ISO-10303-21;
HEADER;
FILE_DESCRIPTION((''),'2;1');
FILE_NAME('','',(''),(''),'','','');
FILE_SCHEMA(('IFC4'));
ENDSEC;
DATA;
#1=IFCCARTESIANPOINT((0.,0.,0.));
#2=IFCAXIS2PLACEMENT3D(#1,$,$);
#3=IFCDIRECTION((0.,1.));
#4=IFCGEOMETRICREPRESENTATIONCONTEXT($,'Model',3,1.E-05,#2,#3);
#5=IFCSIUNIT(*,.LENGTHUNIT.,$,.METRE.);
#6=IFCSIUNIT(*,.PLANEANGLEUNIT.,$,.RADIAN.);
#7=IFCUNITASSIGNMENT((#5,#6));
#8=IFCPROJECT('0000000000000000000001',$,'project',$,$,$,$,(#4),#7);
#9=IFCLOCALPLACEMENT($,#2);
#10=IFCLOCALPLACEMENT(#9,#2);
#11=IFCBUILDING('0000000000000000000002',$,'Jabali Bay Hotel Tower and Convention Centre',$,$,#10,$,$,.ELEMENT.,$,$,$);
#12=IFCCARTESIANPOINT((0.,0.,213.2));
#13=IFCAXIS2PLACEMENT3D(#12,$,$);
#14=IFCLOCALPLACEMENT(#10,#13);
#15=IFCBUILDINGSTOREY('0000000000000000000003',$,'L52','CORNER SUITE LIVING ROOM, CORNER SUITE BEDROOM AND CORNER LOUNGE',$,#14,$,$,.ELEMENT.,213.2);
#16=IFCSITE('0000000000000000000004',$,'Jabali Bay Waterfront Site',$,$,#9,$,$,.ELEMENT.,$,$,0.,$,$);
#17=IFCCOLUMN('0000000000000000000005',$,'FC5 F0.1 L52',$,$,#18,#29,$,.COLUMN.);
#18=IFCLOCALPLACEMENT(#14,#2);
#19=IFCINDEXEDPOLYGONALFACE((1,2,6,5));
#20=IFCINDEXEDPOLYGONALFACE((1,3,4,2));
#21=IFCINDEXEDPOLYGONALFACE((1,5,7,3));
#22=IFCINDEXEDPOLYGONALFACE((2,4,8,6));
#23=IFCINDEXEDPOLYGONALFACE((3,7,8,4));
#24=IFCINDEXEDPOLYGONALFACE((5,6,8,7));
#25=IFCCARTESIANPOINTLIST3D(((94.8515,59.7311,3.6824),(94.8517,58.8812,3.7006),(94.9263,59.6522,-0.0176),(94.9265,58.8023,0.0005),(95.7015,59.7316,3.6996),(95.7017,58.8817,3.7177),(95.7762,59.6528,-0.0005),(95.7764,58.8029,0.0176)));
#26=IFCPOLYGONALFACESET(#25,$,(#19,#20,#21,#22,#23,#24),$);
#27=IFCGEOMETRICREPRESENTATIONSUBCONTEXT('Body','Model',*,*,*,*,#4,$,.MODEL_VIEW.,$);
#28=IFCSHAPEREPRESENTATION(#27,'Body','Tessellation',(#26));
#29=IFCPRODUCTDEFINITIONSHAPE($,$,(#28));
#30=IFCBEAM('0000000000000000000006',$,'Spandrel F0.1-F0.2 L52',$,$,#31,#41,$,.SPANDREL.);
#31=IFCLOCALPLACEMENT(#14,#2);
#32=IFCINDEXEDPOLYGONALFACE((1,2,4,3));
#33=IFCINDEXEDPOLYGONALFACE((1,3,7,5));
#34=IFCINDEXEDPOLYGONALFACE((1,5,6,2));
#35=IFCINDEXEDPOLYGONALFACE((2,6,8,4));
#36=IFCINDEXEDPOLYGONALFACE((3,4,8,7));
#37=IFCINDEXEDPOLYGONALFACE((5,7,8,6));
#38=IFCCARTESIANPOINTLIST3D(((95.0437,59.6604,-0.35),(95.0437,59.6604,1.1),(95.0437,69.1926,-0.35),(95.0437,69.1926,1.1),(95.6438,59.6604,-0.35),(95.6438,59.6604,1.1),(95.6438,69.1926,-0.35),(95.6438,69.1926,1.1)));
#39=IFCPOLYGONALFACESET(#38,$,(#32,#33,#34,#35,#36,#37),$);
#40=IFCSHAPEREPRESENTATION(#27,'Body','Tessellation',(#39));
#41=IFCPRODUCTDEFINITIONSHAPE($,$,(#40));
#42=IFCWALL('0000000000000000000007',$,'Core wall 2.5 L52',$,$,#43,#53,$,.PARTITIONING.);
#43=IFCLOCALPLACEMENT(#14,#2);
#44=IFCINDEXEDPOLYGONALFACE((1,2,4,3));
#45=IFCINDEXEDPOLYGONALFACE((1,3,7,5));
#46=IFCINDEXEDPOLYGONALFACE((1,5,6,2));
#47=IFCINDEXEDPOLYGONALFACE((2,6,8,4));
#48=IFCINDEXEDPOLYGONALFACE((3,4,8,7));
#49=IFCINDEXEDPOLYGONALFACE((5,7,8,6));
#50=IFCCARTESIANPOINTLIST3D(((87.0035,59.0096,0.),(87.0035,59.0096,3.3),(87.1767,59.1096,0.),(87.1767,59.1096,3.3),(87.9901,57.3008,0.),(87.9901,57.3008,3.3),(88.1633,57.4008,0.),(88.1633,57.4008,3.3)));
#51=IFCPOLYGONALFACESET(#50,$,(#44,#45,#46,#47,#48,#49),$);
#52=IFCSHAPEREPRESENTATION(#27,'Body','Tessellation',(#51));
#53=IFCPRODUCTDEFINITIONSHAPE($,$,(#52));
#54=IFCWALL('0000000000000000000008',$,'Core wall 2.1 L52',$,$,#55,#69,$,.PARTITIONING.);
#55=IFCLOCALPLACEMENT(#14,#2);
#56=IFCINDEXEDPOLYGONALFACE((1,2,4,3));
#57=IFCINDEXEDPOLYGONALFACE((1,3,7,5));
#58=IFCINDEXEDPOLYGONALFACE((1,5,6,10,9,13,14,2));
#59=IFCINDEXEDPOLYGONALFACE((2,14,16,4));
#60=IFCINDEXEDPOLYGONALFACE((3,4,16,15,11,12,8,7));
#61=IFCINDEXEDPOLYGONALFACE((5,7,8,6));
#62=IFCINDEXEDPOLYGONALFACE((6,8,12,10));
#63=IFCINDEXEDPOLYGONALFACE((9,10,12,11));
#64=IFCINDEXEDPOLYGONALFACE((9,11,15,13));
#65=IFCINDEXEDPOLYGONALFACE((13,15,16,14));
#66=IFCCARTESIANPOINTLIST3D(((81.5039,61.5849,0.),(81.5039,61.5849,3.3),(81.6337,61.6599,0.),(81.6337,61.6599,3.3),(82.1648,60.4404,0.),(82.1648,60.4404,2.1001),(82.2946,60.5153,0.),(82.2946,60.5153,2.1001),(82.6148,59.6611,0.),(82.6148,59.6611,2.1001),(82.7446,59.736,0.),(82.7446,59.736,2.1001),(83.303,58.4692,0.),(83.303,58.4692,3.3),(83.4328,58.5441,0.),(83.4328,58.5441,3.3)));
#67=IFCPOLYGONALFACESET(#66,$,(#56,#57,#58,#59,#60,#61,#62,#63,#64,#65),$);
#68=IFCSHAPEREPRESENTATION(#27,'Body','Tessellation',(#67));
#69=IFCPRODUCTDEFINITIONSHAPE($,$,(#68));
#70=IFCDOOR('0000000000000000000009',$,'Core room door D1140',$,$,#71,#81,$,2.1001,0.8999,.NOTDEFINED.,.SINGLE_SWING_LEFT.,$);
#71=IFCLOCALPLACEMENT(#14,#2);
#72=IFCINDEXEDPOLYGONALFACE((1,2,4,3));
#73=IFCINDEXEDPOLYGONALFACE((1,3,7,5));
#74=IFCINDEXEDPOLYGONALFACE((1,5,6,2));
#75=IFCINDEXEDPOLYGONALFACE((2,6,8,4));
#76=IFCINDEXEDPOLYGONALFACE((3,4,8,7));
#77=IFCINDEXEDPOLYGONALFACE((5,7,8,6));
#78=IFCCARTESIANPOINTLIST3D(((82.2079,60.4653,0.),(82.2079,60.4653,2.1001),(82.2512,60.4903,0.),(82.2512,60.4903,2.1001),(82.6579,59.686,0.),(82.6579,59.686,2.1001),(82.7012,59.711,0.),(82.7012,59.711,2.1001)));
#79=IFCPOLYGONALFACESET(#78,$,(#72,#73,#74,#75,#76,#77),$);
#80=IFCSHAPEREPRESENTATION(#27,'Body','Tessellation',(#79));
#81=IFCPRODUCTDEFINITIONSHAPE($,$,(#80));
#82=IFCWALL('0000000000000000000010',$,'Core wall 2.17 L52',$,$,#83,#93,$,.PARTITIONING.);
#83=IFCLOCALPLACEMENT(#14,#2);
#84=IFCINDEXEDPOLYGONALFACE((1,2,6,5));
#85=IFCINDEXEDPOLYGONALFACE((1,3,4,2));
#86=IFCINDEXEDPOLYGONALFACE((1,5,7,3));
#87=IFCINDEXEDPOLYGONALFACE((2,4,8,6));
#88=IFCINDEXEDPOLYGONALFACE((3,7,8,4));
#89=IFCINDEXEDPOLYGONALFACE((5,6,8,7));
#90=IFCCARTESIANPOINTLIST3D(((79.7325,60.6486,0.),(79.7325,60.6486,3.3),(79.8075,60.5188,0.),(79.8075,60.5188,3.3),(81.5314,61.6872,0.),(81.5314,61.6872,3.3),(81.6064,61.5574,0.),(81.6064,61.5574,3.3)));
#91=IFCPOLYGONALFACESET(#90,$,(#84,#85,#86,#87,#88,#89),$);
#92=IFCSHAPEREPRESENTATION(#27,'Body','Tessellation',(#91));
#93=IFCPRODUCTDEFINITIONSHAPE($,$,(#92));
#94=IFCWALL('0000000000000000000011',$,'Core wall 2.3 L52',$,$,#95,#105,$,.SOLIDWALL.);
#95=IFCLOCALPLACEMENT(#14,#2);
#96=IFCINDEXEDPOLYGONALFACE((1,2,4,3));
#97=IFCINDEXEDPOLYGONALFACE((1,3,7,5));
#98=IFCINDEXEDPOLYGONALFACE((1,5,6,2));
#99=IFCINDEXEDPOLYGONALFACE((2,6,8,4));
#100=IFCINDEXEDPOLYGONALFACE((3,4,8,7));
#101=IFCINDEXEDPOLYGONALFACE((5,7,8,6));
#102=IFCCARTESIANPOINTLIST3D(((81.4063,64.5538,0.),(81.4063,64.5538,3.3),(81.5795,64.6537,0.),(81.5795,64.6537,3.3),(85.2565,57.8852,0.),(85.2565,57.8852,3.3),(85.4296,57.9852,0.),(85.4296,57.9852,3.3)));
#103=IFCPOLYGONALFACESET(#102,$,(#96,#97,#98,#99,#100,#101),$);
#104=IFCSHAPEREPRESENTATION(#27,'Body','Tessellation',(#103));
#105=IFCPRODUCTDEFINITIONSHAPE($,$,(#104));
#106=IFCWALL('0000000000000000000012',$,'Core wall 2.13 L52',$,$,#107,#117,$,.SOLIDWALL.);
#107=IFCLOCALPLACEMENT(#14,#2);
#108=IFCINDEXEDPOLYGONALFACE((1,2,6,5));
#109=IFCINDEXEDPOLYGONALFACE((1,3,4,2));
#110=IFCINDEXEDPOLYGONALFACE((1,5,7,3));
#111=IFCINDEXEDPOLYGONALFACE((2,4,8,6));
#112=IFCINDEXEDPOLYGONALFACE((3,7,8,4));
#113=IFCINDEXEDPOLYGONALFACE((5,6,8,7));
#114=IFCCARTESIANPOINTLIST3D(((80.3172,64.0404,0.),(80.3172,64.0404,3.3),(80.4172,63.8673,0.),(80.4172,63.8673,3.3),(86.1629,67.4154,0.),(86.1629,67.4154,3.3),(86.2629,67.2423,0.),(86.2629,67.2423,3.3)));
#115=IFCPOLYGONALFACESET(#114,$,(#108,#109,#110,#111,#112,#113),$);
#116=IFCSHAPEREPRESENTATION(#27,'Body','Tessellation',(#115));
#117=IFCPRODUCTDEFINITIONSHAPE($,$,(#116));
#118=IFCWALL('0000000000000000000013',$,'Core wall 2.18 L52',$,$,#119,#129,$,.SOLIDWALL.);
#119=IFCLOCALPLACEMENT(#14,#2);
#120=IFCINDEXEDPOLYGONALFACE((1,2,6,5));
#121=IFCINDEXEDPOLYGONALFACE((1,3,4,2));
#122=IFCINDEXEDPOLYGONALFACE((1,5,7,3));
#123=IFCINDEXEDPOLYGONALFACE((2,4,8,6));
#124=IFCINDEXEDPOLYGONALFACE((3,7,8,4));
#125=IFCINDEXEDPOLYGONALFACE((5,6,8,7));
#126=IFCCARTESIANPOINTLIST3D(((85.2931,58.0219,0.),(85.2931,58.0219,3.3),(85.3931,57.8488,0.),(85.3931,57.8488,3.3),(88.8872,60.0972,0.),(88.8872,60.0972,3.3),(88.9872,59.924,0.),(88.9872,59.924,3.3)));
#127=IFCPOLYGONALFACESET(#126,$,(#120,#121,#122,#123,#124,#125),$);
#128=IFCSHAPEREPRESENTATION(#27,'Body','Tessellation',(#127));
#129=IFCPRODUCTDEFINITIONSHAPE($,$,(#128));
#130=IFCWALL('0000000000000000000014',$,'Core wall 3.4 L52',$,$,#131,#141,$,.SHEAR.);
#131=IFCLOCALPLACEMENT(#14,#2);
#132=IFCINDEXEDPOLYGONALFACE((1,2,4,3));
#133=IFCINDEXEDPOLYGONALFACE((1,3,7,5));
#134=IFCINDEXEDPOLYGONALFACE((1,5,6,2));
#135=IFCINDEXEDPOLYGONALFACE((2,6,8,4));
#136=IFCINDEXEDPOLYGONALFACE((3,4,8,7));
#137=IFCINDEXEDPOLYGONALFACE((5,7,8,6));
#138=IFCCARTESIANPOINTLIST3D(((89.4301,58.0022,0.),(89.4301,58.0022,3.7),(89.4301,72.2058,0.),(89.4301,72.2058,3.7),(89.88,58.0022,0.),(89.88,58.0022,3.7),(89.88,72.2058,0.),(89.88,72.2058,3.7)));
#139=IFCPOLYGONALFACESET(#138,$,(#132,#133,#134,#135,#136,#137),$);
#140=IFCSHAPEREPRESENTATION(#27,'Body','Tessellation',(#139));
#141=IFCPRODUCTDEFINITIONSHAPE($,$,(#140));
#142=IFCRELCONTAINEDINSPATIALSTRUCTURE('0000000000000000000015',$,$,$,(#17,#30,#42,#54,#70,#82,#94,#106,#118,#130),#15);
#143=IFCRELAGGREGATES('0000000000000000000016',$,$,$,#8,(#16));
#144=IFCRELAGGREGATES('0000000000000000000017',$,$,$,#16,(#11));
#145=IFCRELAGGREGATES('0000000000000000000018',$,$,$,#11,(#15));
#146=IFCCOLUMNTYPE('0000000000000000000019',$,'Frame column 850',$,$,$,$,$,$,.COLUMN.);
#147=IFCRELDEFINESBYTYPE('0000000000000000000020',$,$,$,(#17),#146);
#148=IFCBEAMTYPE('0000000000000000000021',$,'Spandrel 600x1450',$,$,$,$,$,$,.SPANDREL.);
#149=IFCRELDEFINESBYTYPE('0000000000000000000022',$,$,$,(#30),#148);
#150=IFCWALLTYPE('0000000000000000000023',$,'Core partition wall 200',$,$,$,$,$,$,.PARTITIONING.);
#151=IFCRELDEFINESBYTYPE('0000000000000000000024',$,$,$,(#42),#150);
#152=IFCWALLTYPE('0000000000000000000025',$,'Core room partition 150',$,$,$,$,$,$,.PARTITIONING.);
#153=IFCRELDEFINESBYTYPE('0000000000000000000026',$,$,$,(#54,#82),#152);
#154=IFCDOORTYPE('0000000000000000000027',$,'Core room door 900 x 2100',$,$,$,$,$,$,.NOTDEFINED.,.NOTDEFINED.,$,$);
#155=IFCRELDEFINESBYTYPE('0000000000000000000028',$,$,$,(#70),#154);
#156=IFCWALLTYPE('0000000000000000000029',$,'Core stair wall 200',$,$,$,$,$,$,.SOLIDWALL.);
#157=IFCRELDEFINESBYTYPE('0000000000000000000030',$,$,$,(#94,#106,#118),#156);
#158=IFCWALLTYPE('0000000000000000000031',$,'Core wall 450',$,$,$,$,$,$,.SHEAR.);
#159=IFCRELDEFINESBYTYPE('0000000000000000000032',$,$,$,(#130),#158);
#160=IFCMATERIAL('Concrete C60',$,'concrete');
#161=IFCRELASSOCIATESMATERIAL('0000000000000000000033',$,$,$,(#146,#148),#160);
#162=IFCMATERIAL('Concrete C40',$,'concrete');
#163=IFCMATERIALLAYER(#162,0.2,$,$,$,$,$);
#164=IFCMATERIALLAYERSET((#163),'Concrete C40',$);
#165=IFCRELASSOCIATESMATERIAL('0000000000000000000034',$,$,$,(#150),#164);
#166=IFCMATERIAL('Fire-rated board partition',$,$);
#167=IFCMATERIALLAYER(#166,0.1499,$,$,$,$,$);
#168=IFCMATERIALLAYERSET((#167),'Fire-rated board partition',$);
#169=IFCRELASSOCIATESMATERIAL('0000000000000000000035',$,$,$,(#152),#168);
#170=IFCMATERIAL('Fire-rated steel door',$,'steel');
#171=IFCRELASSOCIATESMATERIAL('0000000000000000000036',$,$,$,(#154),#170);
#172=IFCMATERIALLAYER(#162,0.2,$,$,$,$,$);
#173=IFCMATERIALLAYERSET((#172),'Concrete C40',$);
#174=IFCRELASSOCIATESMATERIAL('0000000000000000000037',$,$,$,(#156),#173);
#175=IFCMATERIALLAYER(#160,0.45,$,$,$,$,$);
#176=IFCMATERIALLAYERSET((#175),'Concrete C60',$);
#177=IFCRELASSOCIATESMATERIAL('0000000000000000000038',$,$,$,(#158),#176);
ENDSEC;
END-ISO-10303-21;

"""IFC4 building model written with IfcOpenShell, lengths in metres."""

from ifc_helpers import new_model, si_unit, direction, frame, frame_2d, origin, origin_2d, place, context, subcontext, project, spatial, rectangle, extrude, material, layer, layer_set, material_profile, profile_set, type_object, element, fill, save


model = new_model("IFC4")

# Units and contexts
model_context = context("Model", 3, precision=1e-05, world=origin(), true_north=direction((0.0, 1.0)))
body_context = subcontext(model_context, "Body", "Model", "MODEL_VIEW")
ifc_project = project(units=[si_unit("LENGTHUNIT", "METRE"), si_unit("PLANEANGLEUNIT", "RADIAN")], contexts=[model_context])

# Site, building, storey
site_placement = place(None, origin())
site = spatial("IfcSite", under=ifc_project, at=site_placement, Name="Jabali Bay Waterfront Site", CompositionType="ELEMENT", RefElevation=0.0)
building_placement = place(site_placement, origin())
building = spatial("IfcBuilding", under=site, at=building_placement, Name="Jabali Bay Hotel Tower and Convention Centre", CompositionType="ELEMENT")
storey_placement = place(building_placement, frame((0.0, 0.0, 213.2)))
storey = spatial("IfcBuildingStorey", under=building, at=storey_placement, Name="L52", Description="CORNER SUITE LIVING ROOM, CORNER SUITE BEDROOM AND CORNER LOUNGE", CompositionType="ELEMENT", Elevation=213.2)

# Column
ifc_material_1 = material(Name="Concrete C60", Category="concrete")
ifc_material_profile_1 = material_profile(ifc_material_1, rectangle(XDim=0.8501, YDim=0.8501, at=origin_2d()), Name="Frame column 850")
ifc_profile_set_1 = profile_set([ifc_material_profile_1], Name="Concrete C60")
column_type = type_object("IfcColumnType", Name="Frame column 850", PredefinedType="COLUMN", material=ifc_profile_set_1)
column_placement = place(storey_placement, frame((95.3513, 59.2275, 0.0), z_axis=(-0.020183, 0.021304, 0.999569), x_axis=(0.000228, -0.999773, 0.021313)))
element("IfcColumn", 1, at=column_placement, inside=storey, type_object=column_type, Name="FC5 F0.1 L52", PredefinedType="COLUMN", context=body_context, shape_type="SweptSolid", body=[
    extrude(rectangle(XDim=0.8501, YDim=0.8501, at=origin_2d()), origin(), (0.0, 0.0, 1.0), 3.7017),
])

# Beam
ifc_material_profile_2 = material_profile(ifc_material_1, rectangle(XDim=0.6001, YDim=1.45, at=origin_2d()), Name="Spandrel 600x1450")
ifc_profile_set_2 = profile_set([ifc_material_profile_2], Name="Concrete C60")
beam_type = type_object("IfcBeamType", Name="Spandrel 600x1450", PredefinedType="SPANDREL", material=ifc_profile_set_2)
beam_placement = place(storey_placement, frame((95.3438, 59.6604, 0.375), z_axis=(0.0, 1.0, 0.0), x_axis=(-1.0, 0.0, 0.0)))
element("IfcBeam", 2, at=beam_placement, inside=storey, type_object=beam_type, Name="Spandrel F0.1-F0.2 L52", PredefinedType="SPANDREL", context=body_context, shape_type="SweptSolid", body=[
    extrude(rectangle(XDim=0.6001, YDim=1.45, at=origin_2d()), origin(), (0.0, 0.0, 1.0), 9.5322),
])

# Wall
ifc_material_2 = material(Name="Concrete C40", Category="concrete")
ifc_layer_1 = layer(ifc_material_2, 0.2)
ifc_layer_set_1 = layer_set([ifc_layer_1], Name="Concrete C40")
wall_type_1 = type_object("IfcWallType", Name="Core partition wall 200", PredefinedType="PARTITIONING", material=ifc_layer_set_1)
wall_1_placement = place(storey_placement, frame((87.0901, 59.0596, 0.0), z_axis=(0.0, 0.0, 1.0), x_axis=(0.500012, -0.866019, 0.0)))
element("IfcWall", 3, at=wall_1_placement, inside=storey, type_object=wall_type_1, Name="Core wall 2.5 L52", PredefinedType="PARTITIONING", context=body_context, shape_type="SweptSolid", body=[
    extrude(rectangle(XDim=1.9731, YDim=0.2, at=frame_2d((0.9866, 0.0))), origin(), (0.0, 0.0, 1.0), 3.3),
])

# Wall, opening, door
ifc_material_3 = material(Name="Fire-rated board partition")
ifc_layer_2 = layer(ifc_material_3, 0.1499)
ifc_layer_set_2 = layer_set([ifc_layer_2], Name="Fire-rated board partition")
wall_type_2 = type_object("IfcWallType", Name="Core room partition 150", PredefinedType="PARTITIONING", material=ifc_layer_set_2)
wall_2_placement = place(storey_placement, frame((81.5688, 61.6223, 0.0), z_axis=(0.0, 0.0, 1.0), x_axis=(0.500044, -0.866, 0.0)))
wall_2 = element("IfcWall", 4, at=wall_2_placement, inside=storey, type_object=wall_type_2, Name="Core wall 2.1 L52", PredefinedType="PARTITIONING", context=body_context, shape_type="SweptSolid", body=[
    extrude(rectangle(XDim=3.5979, YDim=0.1499, at=frame_2d((1.7988, 0.0))), origin(), (0.0, 0.0, 1.0), 3.3),
])
opening_placement = place(wall_2_placement, frame((1.3215, 0.0, 0.0)))
opening = element("IfcOpeningElement", 5, at=opening_placement, cuts=wall_2, PredefinedType="OPENING", context=body_context, shape_type="SweptSolid", body=[
    extrude(rectangle(XDim=0.8999, YDim=2.1001, at=frame_2d((0.45, 1.05))), frame((0.0, 0.0854, 0.0), z_axis=(0.0, -1.0, 0.0), x_axis=(1.0, 0.0, 0.0)), (0.0, 0.0, 1.0), 0.1709),
])
ifc_material_4 = material(Name="Fire-rated steel door", Category="steel")
door_type = type_object("IfcDoorType", Name="Core room door 900 x 2100", OperationType="NOTDEFINED", PredefinedType="NOTDEFINED", material=ifc_material_4)
door_placement = place(opening_placement, origin())
door = element("IfcDoor", 6, at=door_placement, inside=storey, type_object=door_type, Name="Core room door D1140", OperationType="SINGLE_SWING_LEFT", OverallHeight=2.1001, OverallWidth=0.8999, PredefinedType="NOTDEFINED", context=body_context, shape_type="SweptSolid", body=[
    extrude(rectangle(XDim=0.8999, YDim=2.1001, at=frame_2d((0.45, 1.05))), frame((0.0, 0.0249, 0.0), z_axis=(0.0, -1.0, 0.0), x_axis=(1.0, 0.0, 0.0)), (0.0, 0.0, 1.0), 0.05),
])
fill(opening, door)

# Walls
wall_3_placement = place(storey_placement, frame((79.77, 60.5837, 0.0), z_axis=(0.0, 0.0, 1.0), x_axis=(0.866021, 0.500007, 0.0)))
element("IfcWall", 7, at=wall_3_placement, inside=storey, type_object=wall_type_2, Name="Core wall 2.17 L52", PredefinedType="PARTITIONING", context=body_context, shape_type="SweptSolid", body=[
    extrude(rectangle(XDim=2.0771, YDim=0.1499, at=frame_2d((1.0386, 0.0))), origin(), (0.0, 0.0, 1.0), 3.3),
])
ifc_layer_3 = layer(ifc_material_2, 0.2)
ifc_layer_set_3 = layer_set([ifc_layer_3], Name="Concrete C40")
wall_type_3 = type_object("IfcWallType", Name="Core stair wall 200", PredefinedType="SOLIDWALL", material=ifc_layer_set_3)
wall_4_placement = place(storey_placement, frame((81.4929, 64.6038, 0.0), z_axis=(0.0, 0.0, 1.0), x_axis=(0.500006, -0.866022, 0.0)))
element("IfcWall", 8, at=wall_4_placement, inside=storey, type_object=wall_type_3, Name="Core wall 2.3 L52", PredefinedType="SOLIDWALL", context=body_context, shape_type="SweptSolid", body=[
    extrude(rectangle(XDim=7.7002, YDim=0.2, at=frame_2d((3.8501, 0.0))), origin(), (0.0, 0.0, 1.0), 3.3),
])
wall_5_placement = place(storey_placement, frame((80.3672, 63.9539, 0.0), z_axis=(0.0, 0.0, 1.0), x_axis=(0.866027, 0.499998, 0.0)))
element("IfcWall", 9, at=wall_5_placement, inside=storey, type_object=wall_type_3, Name="Core wall 2.13 L52", PredefinedType="SOLIDWALL", context=body_context, shape_type="SweptSolid", body=[
    extrude(rectangle(XDim=6.75, YDim=0.2, at=frame_2d((3.375, 0.0))), origin(), (0.0, 0.0, 1.0), 3.3),
])
wall_6_placement = place(storey_placement, frame((85.343, 57.9353, 0.0), z_axis=(0.0, 0.0, 1.0), x_axis=(0.866004, 0.500036, 0.0)))
element("IfcWall", 10, at=wall_6_placement, inside=storey, type_object=wall_type_3, Name="Core wall 2.18 L52", PredefinedType="SOLIDWALL", context=body_context, shape_type="SweptSolid", body=[
    extrude(rectangle(XDim=4.1501, YDim=0.2, at=frame_2d((2.0752, 0.0))), origin(), (0.0, 0.0, 1.0), 3.3),
])
ifc_layer_4 = layer(ifc_material_1, 0.45)
ifc_layer_set_4 = layer_set([ifc_layer_4], Name="Concrete C60")
wall_type_4 = type_object("IfcWallType", Name="Core wall 450", PredefinedType="SHEAR", material=ifc_layer_set_4)
wall_7_placement = place(storey_placement, frame((89.655, 58.0022, 0.0), z_axis=(0.0, 0.0, 1.0), x_axis=(0.0, 1.0, 0.0)))
element("IfcWall", 11, at=wall_7_placement, inside=storey, type_object=wall_type_4, Name="Core wall 3.4 L52", PredefinedType="SHEAR", context=body_context, shape_type="SweptSolid", body=[
    extrude(rectangle(XDim=14.2036, YDim=0.45, at=frame_2d((7.1018, 0.0))), origin(), (0.0, 0.0, 1.0), 3.7),
])

save(model, "model.ifc")
